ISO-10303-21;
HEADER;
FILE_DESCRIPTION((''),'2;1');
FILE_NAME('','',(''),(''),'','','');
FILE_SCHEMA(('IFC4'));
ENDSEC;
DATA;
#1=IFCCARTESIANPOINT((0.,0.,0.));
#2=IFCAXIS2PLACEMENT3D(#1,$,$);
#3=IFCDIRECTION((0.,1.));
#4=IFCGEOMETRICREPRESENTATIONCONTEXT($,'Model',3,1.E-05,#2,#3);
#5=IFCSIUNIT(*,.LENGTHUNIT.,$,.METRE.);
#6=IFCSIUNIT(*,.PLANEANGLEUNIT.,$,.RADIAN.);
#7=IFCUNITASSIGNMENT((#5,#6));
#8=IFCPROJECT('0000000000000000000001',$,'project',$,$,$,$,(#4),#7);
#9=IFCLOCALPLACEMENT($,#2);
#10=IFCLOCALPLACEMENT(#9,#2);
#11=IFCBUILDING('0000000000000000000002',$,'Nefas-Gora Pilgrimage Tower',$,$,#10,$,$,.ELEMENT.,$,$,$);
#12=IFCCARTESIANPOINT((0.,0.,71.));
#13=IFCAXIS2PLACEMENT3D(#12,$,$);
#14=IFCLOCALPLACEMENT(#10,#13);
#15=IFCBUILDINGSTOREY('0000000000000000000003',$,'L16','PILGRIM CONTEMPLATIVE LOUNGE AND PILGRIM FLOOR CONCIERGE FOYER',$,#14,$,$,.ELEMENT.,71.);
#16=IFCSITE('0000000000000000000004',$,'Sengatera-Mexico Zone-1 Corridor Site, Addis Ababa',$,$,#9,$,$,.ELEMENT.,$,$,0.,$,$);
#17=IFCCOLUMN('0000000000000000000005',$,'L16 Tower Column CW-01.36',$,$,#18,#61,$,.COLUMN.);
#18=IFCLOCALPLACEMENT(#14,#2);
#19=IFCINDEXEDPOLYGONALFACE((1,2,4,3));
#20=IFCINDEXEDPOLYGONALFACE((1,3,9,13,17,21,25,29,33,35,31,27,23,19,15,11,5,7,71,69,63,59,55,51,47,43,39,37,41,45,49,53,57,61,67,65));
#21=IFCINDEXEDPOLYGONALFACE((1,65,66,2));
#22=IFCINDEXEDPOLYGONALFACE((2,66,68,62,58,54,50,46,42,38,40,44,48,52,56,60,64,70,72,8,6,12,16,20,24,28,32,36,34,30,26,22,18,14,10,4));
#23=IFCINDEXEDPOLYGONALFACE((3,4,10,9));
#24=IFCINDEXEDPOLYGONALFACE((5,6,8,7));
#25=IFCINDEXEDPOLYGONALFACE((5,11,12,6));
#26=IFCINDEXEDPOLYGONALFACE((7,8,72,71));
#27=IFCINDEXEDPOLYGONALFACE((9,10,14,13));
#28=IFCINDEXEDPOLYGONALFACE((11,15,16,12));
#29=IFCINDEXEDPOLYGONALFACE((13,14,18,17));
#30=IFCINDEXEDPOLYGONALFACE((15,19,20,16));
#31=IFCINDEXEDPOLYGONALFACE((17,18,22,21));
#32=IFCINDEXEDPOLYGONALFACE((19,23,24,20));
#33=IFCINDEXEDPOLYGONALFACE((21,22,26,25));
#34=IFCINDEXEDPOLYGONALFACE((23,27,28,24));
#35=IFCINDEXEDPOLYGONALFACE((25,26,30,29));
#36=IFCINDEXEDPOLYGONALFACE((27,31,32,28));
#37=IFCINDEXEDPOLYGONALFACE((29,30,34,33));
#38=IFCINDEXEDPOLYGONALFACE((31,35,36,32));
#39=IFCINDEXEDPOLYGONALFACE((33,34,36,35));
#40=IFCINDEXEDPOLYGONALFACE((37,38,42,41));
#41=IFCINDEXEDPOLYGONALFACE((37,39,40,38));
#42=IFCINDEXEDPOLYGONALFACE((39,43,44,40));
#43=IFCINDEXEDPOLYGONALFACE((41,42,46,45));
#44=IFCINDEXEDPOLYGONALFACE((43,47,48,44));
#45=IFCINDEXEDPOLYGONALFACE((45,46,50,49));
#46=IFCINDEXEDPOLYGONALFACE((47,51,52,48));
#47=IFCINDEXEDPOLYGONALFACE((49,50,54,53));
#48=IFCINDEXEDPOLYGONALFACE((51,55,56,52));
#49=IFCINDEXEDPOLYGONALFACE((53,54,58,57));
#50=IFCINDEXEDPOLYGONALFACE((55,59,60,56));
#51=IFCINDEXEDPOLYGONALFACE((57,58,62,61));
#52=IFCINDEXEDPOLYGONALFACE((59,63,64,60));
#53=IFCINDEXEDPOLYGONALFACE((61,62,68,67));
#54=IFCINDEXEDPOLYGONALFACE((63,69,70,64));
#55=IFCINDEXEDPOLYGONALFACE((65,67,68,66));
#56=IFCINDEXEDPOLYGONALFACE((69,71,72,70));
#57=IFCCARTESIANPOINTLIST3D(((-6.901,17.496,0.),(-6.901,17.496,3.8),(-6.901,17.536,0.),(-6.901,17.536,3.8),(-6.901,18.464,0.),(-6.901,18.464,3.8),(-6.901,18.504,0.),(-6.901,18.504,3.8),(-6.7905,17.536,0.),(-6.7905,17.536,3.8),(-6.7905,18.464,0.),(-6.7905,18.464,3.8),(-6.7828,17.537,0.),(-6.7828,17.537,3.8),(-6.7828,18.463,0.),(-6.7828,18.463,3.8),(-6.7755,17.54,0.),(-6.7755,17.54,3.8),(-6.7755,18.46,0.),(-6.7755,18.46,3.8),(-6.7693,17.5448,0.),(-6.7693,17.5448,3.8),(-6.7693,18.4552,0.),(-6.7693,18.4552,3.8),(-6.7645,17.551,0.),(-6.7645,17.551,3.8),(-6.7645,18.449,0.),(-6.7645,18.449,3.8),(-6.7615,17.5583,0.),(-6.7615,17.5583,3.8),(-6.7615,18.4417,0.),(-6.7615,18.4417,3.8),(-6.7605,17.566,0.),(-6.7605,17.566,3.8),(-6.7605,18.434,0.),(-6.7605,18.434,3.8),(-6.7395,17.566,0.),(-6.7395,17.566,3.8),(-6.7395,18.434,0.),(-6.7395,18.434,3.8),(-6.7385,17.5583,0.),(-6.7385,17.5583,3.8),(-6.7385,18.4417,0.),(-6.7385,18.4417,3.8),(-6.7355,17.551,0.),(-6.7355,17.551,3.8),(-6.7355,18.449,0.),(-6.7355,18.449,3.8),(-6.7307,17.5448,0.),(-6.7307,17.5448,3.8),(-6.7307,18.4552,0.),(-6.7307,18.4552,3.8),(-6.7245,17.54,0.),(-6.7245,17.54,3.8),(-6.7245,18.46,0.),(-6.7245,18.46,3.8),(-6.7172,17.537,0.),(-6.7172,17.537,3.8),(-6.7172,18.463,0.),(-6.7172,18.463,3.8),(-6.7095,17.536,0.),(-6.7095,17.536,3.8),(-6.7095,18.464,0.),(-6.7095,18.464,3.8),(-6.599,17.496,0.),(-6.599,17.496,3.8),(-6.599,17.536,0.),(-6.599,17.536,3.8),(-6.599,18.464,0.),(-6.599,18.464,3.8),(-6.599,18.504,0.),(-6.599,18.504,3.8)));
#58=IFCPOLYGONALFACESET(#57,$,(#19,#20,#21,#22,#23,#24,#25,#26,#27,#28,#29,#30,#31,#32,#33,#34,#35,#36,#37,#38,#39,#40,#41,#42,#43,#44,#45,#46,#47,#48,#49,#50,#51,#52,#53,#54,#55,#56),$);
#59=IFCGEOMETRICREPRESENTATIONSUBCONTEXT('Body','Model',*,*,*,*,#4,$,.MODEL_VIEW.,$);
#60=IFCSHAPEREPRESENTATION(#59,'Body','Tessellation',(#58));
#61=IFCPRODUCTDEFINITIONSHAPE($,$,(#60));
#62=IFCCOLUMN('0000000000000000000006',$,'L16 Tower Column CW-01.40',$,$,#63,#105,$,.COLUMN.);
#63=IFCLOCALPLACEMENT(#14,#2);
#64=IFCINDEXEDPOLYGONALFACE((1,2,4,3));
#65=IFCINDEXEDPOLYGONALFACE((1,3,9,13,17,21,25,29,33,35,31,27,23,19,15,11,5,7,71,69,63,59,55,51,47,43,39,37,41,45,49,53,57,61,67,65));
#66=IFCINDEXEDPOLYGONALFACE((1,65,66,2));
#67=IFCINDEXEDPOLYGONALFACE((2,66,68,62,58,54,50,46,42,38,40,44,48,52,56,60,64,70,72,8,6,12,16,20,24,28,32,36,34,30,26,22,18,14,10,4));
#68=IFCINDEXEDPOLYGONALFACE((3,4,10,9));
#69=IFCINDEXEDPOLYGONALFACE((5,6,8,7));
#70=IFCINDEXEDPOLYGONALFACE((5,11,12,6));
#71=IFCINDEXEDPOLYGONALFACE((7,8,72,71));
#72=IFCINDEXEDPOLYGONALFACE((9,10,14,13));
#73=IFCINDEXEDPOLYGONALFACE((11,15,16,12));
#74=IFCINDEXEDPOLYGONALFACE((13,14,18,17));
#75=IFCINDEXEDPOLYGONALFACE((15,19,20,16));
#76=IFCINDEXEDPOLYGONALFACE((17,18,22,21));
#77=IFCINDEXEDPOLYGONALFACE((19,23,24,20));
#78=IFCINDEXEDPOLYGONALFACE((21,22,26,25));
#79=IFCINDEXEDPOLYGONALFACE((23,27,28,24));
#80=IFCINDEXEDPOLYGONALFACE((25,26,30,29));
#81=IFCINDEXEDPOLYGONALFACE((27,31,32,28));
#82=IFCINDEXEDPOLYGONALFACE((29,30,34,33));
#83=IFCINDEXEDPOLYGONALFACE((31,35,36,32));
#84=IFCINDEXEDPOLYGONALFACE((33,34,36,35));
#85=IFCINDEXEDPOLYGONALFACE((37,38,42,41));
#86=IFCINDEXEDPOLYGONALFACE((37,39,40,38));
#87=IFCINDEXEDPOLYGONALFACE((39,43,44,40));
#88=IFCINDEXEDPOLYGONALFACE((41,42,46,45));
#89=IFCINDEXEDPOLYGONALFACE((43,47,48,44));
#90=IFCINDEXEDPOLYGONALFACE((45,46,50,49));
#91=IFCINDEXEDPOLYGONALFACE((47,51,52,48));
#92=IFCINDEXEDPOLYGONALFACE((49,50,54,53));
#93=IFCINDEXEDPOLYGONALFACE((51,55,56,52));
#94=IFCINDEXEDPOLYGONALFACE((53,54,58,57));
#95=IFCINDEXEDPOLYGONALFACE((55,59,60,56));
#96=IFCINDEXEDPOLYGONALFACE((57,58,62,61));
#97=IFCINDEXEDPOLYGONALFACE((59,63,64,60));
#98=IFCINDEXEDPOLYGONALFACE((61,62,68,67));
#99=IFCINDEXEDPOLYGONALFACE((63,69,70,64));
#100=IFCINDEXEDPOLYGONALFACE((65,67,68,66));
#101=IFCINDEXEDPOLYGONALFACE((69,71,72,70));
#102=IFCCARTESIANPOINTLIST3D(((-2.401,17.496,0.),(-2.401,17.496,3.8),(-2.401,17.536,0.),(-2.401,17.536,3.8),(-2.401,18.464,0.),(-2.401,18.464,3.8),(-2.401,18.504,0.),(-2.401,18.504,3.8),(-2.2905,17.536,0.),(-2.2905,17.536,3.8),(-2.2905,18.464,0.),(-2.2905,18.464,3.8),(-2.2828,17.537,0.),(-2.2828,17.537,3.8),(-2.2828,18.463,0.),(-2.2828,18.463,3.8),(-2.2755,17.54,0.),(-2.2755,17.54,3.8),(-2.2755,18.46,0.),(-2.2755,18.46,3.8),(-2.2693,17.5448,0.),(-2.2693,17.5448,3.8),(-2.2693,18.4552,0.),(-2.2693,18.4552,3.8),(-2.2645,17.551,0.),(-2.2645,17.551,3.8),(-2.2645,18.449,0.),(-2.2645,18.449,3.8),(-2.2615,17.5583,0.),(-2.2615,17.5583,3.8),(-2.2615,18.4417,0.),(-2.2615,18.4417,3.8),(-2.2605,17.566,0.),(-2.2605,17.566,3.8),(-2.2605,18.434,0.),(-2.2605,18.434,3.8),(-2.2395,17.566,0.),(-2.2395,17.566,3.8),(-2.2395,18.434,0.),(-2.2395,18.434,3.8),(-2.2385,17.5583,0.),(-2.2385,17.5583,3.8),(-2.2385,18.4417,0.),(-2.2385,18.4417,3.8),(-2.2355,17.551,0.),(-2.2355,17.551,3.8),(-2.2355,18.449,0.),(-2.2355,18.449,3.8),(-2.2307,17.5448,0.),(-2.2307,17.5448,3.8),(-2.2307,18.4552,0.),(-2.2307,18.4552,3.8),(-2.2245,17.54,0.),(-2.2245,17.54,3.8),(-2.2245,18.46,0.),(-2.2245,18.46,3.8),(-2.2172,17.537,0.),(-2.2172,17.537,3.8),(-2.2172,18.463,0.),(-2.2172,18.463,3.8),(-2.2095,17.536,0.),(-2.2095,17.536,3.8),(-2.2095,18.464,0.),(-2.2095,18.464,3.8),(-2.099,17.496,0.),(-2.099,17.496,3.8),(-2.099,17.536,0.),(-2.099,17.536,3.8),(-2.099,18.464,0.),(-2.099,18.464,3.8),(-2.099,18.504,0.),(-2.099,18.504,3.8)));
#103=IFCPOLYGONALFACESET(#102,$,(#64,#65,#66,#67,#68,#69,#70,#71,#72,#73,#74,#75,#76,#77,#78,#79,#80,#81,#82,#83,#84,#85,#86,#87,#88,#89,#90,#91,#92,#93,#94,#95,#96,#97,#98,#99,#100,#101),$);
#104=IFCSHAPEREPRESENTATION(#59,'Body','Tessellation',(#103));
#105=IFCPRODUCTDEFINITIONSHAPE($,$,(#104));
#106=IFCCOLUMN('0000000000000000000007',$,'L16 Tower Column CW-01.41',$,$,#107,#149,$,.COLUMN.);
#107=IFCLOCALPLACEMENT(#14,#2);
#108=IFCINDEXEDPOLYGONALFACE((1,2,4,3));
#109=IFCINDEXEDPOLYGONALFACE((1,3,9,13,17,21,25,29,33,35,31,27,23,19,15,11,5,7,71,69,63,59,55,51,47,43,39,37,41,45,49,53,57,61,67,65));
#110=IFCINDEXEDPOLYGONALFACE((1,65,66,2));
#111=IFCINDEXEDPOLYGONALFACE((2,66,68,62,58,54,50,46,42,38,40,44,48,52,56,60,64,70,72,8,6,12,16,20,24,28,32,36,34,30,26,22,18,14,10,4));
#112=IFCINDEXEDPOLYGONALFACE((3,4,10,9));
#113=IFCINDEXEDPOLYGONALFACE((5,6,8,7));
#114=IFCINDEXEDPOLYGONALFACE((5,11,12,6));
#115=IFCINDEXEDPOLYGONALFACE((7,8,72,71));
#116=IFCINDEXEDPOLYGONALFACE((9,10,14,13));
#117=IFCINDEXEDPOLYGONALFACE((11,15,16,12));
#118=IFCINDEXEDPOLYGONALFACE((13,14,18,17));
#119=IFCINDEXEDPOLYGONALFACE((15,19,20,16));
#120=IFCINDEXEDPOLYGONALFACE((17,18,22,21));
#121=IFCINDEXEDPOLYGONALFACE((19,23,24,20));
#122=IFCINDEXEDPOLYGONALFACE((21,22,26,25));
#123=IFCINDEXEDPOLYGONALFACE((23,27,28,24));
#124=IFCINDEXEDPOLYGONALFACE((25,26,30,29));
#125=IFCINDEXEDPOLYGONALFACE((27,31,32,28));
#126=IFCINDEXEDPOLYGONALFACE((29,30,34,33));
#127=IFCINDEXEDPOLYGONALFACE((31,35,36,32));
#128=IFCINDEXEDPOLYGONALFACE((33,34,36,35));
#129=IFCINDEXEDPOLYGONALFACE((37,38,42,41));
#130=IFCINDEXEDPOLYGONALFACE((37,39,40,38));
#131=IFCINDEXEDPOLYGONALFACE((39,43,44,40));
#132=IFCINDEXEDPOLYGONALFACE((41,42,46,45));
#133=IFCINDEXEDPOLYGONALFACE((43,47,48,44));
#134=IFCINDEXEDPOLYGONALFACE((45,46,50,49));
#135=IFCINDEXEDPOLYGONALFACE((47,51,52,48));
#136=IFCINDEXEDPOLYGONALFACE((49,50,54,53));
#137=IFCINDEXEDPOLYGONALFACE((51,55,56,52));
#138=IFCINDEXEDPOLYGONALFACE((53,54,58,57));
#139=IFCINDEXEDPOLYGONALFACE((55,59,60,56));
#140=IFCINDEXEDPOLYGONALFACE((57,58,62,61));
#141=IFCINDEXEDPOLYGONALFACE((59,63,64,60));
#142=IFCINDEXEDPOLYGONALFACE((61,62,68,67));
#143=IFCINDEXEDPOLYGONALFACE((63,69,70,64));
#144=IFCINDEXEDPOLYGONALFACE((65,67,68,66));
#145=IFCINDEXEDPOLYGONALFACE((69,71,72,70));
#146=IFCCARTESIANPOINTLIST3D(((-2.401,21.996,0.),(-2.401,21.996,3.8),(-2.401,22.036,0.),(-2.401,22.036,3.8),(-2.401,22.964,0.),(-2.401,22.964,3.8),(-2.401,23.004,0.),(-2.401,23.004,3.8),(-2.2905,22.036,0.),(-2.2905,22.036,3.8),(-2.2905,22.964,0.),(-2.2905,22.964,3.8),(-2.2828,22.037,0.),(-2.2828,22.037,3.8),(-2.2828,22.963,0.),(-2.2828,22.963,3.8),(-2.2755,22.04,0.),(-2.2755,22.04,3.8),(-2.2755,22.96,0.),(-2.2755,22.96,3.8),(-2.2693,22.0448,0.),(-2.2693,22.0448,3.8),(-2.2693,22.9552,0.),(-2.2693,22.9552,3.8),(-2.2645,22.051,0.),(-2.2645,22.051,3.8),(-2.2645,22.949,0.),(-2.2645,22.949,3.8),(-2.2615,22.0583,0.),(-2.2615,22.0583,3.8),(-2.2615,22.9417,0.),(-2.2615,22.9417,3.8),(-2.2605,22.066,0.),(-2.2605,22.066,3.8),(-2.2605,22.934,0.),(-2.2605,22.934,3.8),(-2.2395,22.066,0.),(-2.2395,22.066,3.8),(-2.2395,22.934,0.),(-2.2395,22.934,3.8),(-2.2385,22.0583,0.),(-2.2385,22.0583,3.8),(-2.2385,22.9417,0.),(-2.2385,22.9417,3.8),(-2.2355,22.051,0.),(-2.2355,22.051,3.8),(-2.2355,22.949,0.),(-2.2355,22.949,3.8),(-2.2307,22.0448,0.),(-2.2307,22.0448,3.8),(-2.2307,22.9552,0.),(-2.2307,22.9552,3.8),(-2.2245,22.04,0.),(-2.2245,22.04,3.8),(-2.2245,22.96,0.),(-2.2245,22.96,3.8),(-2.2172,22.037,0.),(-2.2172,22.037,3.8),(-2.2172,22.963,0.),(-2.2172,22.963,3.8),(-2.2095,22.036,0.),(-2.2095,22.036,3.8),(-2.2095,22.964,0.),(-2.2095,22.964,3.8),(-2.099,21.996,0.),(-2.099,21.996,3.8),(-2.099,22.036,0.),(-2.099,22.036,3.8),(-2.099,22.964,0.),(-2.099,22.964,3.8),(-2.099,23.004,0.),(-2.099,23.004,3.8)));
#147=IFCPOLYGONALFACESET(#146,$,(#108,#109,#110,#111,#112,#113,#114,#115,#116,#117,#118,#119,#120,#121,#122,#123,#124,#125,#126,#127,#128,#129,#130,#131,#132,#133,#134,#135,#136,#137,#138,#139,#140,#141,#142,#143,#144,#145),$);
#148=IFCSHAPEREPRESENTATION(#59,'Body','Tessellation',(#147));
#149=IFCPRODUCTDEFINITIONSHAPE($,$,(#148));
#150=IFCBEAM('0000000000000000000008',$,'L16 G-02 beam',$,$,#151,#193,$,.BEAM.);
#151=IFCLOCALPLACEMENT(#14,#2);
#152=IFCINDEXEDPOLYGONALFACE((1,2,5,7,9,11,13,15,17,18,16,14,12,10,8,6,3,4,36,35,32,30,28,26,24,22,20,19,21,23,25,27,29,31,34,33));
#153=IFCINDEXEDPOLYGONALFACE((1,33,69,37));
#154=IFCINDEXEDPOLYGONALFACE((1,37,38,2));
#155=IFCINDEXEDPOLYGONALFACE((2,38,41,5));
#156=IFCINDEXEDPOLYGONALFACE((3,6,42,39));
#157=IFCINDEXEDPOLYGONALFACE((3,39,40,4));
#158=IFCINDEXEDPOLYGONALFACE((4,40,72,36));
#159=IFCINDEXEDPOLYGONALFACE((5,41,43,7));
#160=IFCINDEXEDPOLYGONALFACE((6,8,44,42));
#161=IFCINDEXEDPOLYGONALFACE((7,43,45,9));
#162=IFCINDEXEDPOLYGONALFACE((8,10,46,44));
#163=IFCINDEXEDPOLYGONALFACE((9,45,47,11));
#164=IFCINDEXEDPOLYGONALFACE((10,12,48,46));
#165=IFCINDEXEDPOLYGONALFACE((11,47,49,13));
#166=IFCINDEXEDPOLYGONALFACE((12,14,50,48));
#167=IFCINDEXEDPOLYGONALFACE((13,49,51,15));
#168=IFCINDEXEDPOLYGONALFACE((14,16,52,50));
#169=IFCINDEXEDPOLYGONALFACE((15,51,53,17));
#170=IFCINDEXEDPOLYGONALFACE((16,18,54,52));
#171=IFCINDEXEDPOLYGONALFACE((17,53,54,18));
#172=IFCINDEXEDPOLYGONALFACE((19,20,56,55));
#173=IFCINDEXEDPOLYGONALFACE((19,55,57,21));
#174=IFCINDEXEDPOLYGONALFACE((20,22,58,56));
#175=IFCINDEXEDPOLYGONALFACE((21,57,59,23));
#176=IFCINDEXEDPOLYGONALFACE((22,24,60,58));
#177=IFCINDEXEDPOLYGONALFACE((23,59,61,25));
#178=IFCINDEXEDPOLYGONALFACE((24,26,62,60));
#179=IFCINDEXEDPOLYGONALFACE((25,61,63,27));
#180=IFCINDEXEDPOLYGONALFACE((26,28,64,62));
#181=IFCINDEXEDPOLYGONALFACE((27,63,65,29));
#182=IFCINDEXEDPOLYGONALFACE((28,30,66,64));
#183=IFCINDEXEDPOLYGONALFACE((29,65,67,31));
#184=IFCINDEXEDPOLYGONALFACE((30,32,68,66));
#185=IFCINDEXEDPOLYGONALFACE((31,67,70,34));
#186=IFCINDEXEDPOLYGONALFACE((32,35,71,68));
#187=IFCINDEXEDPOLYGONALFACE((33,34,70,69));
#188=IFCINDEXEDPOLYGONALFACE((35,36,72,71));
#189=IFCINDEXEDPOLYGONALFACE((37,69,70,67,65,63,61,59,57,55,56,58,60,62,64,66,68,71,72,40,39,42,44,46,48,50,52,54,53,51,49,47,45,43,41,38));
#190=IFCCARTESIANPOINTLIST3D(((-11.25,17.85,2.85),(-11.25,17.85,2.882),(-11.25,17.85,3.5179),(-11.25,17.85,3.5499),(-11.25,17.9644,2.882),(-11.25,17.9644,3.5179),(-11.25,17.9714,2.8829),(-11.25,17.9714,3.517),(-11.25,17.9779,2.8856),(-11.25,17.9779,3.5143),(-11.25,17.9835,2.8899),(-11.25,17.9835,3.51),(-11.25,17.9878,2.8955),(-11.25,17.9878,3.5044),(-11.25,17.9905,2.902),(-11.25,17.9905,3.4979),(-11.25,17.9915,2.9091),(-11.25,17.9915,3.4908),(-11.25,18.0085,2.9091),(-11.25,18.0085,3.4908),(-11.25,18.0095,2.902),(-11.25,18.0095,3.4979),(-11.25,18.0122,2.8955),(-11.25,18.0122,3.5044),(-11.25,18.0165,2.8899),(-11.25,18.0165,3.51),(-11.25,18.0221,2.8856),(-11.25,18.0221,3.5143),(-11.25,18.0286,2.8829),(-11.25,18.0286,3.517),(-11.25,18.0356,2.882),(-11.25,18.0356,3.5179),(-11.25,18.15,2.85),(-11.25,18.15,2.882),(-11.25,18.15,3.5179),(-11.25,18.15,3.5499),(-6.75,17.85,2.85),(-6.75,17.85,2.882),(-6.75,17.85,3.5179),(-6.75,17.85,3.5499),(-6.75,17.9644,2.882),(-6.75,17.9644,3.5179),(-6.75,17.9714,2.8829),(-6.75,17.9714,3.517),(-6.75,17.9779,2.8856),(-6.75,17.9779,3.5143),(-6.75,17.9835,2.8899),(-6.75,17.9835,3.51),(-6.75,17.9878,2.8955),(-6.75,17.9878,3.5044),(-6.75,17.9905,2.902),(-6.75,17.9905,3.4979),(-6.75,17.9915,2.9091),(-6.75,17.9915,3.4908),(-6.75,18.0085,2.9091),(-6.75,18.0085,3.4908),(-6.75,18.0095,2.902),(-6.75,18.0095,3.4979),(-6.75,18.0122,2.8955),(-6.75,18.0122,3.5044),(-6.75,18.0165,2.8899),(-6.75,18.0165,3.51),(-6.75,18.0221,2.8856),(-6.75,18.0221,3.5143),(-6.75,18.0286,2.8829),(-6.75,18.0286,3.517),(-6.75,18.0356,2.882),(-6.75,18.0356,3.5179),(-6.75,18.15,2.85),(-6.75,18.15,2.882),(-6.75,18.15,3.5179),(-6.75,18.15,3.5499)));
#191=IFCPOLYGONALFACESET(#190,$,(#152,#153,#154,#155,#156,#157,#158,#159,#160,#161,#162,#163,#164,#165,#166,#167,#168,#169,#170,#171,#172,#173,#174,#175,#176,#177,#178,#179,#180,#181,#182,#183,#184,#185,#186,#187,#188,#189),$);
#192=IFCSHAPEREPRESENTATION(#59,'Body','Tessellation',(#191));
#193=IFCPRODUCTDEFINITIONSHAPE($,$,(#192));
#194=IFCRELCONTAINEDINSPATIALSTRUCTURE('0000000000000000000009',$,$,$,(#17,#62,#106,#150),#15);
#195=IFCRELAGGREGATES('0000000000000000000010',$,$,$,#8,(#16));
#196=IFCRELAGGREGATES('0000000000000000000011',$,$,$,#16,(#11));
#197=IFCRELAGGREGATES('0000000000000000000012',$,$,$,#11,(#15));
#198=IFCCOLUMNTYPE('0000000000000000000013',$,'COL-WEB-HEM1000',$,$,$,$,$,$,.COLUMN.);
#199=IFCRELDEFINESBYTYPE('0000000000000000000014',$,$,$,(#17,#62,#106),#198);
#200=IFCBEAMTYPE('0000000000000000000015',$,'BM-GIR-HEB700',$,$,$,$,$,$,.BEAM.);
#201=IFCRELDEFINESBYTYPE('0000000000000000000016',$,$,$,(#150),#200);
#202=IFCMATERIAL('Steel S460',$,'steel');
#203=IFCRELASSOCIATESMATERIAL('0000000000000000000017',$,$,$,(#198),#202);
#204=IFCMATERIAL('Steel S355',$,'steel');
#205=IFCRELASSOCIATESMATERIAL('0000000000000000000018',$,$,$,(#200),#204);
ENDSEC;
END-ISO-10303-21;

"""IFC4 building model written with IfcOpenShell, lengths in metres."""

from ifc_helpers import new_model, si_unit, direction, frame, origin, origin_2d, place, context, subcontext, project, spatial, i_section, extrude, source, transform, mapped, material, material_profile, profile_set, type_object, element, save


model = new_model("IFC4")

# Units and contexts
model_context = context("Model", 3, precision=1e-05, world=origin(), true_north=direction((0.0, 1.0)))
body_context = subcontext(model_context, "Body", "Model", "MODEL_VIEW")
ifc_project = project(units=[si_unit("LENGTHUNIT", "METRE"), si_unit("PLANEANGLEUNIT", "RADIAN")], contexts=[model_context])

# Site, building, storey
site_placement = place(None, origin())
site = spatial("IfcSite", under=ifc_project, at=site_placement, Name="Sengatera-Mexico Zone-1 Corridor Site, Addis Ababa", CompositionType="ELEMENT", RefElevation=0.0)
building_placement = place(site_placement, origin())
building = spatial("IfcBuilding", under=site, at=building_placement, Name="Nefas-Gora Pilgrimage Tower", CompositionType="ELEMENT")
storey_placement = place(building_placement, frame((0.0, 0.0, 71.0)))
storey = spatial("IfcBuildingStorey", under=building, at=storey_placement, Name="L16", Description="PILGRIM CONTEMPLATIVE LOUNGE AND PILGRIM FLOOR CONCIERGE FOYER", CompositionType="ELEMENT", Elevation=71.0)

# Columns
ifc_material_1 = material(Name="Steel S460", Category="steel")
ifc_material_profile_1 = material_profile(ifc_material_1, i_section(OverallWidth=0.302, OverallDepth=1.0081, WebThickness=0.021, FlangeThickness=0.04, FilletRadius=0.03, at=origin_2d()), Name="HEM 1000")
ifc_profile_set_1 = profile_set([ifc_material_profile_1], Name="Steel S460")
column_type_1 = type_object("IfcColumnType", Name="COL-WEB-HEM1000", PredefinedType="COLUMN", material=ifc_profile_set_1)
shared_shape_1 = source(origin(), body_context, "Body", "SweptSolid", [
    extrude(i_section(OverallWidth=0.302, OverallDepth=1.0081, WebThickness=0.021, FlangeThickness=0.04, FilletRadius=0.03, at=origin_2d()), origin(), (0.0, 0.0, 1.0), 3.8),
])
for number, where, z_axis, x_axis, name in (
    (1, (-6.75, 18.0, 0.0), (0.0, 0.0, 1.0), (1.0, 0.0, 0.0), "L16 Tower Column CW-01.36"),
    (2, (-2.25, 18.0, 0.0), (0.0, 0.0, 1.0), (1.0, 0.0, 0.0), "L16 Tower Column CW-01.40"),
    (3, (-2.25, 22.5, 0.0), (0.0, 0.0, 1.0), (1.0, 0.0, 0.0), "L16 Tower Column CW-01.41"),
):
    element("IfcColumn", number, at=place(storey_placement, frame(where, z_axis=z_axis, x_axis=x_axis)), inside=storey, type_object=column_type_1, Name=name, PredefinedType="COLUMN", context=body_context, shape_type="MappedRepresentation", body=[
        mapped(shared_shape_1, transform((0.0, 0.0, 0.0), x_axis=(1.0, 0.0, 0.0), y_axis=(0.0, 1.0, 0.0), z_axis=(0.0, 0.0, 1.0), scale=1.0)),
    ])

# Beam
ifc_material_2 = material(Name="Steel S355", Category="steel")
ifc_material_profile_2 = material_profile(ifc_material_2, i_section(OverallWidth=0.3, OverallDepth=0.7, WebThickness=0.0171, FlangeThickness=0.032, FilletRadius=0.0271, at=origin_2d()), Name="HEB 700")
ifc_profile_set_2 = profile_set([ifc_material_profile_2], Name="Steel S355")
beam_type = type_object("IfcBeamType", Name="BM-GIR-HEB700", PredefinedType="BEAM", material=ifc_profile_set_2)
shared_shape_2 = source(origin(), body_context, "Body", "SweptSolid", [
    extrude(i_section(OverallWidth=0.3, OverallDepth=0.7, WebThickness=0.0171, FlangeThickness=0.032, FilletRadius=0.0271, at=origin_2d()), origin(), (0.0, 0.0, 1.0), 4.5),
])
for number, where, z_axis, x_axis, name in (
    (4, (-11.25, 18.0, 3.2), (1.0, 0.0, 0.0), (0.0, 1.0, 0.0), "L16 G-02 beam"),
):
    element("IfcBeam", number, at=place(storey_placement, frame(where, z_axis=z_axis, x_axis=x_axis)), inside=storey, type_object=beam_type, Name=name, PredefinedType="BEAM", context=body_context, shape_type="MappedRepresentation", body=[
        mapped(shared_shape_2, transform((0.0, 0.0, 0.0), x_axis=(1.0, 0.0, 0.0), y_axis=(0.0, 1.0, 0.0), z_axis=(0.0, 0.0, 1.0), scale=1.0)),
    ])

save(model, "model.ifc")
